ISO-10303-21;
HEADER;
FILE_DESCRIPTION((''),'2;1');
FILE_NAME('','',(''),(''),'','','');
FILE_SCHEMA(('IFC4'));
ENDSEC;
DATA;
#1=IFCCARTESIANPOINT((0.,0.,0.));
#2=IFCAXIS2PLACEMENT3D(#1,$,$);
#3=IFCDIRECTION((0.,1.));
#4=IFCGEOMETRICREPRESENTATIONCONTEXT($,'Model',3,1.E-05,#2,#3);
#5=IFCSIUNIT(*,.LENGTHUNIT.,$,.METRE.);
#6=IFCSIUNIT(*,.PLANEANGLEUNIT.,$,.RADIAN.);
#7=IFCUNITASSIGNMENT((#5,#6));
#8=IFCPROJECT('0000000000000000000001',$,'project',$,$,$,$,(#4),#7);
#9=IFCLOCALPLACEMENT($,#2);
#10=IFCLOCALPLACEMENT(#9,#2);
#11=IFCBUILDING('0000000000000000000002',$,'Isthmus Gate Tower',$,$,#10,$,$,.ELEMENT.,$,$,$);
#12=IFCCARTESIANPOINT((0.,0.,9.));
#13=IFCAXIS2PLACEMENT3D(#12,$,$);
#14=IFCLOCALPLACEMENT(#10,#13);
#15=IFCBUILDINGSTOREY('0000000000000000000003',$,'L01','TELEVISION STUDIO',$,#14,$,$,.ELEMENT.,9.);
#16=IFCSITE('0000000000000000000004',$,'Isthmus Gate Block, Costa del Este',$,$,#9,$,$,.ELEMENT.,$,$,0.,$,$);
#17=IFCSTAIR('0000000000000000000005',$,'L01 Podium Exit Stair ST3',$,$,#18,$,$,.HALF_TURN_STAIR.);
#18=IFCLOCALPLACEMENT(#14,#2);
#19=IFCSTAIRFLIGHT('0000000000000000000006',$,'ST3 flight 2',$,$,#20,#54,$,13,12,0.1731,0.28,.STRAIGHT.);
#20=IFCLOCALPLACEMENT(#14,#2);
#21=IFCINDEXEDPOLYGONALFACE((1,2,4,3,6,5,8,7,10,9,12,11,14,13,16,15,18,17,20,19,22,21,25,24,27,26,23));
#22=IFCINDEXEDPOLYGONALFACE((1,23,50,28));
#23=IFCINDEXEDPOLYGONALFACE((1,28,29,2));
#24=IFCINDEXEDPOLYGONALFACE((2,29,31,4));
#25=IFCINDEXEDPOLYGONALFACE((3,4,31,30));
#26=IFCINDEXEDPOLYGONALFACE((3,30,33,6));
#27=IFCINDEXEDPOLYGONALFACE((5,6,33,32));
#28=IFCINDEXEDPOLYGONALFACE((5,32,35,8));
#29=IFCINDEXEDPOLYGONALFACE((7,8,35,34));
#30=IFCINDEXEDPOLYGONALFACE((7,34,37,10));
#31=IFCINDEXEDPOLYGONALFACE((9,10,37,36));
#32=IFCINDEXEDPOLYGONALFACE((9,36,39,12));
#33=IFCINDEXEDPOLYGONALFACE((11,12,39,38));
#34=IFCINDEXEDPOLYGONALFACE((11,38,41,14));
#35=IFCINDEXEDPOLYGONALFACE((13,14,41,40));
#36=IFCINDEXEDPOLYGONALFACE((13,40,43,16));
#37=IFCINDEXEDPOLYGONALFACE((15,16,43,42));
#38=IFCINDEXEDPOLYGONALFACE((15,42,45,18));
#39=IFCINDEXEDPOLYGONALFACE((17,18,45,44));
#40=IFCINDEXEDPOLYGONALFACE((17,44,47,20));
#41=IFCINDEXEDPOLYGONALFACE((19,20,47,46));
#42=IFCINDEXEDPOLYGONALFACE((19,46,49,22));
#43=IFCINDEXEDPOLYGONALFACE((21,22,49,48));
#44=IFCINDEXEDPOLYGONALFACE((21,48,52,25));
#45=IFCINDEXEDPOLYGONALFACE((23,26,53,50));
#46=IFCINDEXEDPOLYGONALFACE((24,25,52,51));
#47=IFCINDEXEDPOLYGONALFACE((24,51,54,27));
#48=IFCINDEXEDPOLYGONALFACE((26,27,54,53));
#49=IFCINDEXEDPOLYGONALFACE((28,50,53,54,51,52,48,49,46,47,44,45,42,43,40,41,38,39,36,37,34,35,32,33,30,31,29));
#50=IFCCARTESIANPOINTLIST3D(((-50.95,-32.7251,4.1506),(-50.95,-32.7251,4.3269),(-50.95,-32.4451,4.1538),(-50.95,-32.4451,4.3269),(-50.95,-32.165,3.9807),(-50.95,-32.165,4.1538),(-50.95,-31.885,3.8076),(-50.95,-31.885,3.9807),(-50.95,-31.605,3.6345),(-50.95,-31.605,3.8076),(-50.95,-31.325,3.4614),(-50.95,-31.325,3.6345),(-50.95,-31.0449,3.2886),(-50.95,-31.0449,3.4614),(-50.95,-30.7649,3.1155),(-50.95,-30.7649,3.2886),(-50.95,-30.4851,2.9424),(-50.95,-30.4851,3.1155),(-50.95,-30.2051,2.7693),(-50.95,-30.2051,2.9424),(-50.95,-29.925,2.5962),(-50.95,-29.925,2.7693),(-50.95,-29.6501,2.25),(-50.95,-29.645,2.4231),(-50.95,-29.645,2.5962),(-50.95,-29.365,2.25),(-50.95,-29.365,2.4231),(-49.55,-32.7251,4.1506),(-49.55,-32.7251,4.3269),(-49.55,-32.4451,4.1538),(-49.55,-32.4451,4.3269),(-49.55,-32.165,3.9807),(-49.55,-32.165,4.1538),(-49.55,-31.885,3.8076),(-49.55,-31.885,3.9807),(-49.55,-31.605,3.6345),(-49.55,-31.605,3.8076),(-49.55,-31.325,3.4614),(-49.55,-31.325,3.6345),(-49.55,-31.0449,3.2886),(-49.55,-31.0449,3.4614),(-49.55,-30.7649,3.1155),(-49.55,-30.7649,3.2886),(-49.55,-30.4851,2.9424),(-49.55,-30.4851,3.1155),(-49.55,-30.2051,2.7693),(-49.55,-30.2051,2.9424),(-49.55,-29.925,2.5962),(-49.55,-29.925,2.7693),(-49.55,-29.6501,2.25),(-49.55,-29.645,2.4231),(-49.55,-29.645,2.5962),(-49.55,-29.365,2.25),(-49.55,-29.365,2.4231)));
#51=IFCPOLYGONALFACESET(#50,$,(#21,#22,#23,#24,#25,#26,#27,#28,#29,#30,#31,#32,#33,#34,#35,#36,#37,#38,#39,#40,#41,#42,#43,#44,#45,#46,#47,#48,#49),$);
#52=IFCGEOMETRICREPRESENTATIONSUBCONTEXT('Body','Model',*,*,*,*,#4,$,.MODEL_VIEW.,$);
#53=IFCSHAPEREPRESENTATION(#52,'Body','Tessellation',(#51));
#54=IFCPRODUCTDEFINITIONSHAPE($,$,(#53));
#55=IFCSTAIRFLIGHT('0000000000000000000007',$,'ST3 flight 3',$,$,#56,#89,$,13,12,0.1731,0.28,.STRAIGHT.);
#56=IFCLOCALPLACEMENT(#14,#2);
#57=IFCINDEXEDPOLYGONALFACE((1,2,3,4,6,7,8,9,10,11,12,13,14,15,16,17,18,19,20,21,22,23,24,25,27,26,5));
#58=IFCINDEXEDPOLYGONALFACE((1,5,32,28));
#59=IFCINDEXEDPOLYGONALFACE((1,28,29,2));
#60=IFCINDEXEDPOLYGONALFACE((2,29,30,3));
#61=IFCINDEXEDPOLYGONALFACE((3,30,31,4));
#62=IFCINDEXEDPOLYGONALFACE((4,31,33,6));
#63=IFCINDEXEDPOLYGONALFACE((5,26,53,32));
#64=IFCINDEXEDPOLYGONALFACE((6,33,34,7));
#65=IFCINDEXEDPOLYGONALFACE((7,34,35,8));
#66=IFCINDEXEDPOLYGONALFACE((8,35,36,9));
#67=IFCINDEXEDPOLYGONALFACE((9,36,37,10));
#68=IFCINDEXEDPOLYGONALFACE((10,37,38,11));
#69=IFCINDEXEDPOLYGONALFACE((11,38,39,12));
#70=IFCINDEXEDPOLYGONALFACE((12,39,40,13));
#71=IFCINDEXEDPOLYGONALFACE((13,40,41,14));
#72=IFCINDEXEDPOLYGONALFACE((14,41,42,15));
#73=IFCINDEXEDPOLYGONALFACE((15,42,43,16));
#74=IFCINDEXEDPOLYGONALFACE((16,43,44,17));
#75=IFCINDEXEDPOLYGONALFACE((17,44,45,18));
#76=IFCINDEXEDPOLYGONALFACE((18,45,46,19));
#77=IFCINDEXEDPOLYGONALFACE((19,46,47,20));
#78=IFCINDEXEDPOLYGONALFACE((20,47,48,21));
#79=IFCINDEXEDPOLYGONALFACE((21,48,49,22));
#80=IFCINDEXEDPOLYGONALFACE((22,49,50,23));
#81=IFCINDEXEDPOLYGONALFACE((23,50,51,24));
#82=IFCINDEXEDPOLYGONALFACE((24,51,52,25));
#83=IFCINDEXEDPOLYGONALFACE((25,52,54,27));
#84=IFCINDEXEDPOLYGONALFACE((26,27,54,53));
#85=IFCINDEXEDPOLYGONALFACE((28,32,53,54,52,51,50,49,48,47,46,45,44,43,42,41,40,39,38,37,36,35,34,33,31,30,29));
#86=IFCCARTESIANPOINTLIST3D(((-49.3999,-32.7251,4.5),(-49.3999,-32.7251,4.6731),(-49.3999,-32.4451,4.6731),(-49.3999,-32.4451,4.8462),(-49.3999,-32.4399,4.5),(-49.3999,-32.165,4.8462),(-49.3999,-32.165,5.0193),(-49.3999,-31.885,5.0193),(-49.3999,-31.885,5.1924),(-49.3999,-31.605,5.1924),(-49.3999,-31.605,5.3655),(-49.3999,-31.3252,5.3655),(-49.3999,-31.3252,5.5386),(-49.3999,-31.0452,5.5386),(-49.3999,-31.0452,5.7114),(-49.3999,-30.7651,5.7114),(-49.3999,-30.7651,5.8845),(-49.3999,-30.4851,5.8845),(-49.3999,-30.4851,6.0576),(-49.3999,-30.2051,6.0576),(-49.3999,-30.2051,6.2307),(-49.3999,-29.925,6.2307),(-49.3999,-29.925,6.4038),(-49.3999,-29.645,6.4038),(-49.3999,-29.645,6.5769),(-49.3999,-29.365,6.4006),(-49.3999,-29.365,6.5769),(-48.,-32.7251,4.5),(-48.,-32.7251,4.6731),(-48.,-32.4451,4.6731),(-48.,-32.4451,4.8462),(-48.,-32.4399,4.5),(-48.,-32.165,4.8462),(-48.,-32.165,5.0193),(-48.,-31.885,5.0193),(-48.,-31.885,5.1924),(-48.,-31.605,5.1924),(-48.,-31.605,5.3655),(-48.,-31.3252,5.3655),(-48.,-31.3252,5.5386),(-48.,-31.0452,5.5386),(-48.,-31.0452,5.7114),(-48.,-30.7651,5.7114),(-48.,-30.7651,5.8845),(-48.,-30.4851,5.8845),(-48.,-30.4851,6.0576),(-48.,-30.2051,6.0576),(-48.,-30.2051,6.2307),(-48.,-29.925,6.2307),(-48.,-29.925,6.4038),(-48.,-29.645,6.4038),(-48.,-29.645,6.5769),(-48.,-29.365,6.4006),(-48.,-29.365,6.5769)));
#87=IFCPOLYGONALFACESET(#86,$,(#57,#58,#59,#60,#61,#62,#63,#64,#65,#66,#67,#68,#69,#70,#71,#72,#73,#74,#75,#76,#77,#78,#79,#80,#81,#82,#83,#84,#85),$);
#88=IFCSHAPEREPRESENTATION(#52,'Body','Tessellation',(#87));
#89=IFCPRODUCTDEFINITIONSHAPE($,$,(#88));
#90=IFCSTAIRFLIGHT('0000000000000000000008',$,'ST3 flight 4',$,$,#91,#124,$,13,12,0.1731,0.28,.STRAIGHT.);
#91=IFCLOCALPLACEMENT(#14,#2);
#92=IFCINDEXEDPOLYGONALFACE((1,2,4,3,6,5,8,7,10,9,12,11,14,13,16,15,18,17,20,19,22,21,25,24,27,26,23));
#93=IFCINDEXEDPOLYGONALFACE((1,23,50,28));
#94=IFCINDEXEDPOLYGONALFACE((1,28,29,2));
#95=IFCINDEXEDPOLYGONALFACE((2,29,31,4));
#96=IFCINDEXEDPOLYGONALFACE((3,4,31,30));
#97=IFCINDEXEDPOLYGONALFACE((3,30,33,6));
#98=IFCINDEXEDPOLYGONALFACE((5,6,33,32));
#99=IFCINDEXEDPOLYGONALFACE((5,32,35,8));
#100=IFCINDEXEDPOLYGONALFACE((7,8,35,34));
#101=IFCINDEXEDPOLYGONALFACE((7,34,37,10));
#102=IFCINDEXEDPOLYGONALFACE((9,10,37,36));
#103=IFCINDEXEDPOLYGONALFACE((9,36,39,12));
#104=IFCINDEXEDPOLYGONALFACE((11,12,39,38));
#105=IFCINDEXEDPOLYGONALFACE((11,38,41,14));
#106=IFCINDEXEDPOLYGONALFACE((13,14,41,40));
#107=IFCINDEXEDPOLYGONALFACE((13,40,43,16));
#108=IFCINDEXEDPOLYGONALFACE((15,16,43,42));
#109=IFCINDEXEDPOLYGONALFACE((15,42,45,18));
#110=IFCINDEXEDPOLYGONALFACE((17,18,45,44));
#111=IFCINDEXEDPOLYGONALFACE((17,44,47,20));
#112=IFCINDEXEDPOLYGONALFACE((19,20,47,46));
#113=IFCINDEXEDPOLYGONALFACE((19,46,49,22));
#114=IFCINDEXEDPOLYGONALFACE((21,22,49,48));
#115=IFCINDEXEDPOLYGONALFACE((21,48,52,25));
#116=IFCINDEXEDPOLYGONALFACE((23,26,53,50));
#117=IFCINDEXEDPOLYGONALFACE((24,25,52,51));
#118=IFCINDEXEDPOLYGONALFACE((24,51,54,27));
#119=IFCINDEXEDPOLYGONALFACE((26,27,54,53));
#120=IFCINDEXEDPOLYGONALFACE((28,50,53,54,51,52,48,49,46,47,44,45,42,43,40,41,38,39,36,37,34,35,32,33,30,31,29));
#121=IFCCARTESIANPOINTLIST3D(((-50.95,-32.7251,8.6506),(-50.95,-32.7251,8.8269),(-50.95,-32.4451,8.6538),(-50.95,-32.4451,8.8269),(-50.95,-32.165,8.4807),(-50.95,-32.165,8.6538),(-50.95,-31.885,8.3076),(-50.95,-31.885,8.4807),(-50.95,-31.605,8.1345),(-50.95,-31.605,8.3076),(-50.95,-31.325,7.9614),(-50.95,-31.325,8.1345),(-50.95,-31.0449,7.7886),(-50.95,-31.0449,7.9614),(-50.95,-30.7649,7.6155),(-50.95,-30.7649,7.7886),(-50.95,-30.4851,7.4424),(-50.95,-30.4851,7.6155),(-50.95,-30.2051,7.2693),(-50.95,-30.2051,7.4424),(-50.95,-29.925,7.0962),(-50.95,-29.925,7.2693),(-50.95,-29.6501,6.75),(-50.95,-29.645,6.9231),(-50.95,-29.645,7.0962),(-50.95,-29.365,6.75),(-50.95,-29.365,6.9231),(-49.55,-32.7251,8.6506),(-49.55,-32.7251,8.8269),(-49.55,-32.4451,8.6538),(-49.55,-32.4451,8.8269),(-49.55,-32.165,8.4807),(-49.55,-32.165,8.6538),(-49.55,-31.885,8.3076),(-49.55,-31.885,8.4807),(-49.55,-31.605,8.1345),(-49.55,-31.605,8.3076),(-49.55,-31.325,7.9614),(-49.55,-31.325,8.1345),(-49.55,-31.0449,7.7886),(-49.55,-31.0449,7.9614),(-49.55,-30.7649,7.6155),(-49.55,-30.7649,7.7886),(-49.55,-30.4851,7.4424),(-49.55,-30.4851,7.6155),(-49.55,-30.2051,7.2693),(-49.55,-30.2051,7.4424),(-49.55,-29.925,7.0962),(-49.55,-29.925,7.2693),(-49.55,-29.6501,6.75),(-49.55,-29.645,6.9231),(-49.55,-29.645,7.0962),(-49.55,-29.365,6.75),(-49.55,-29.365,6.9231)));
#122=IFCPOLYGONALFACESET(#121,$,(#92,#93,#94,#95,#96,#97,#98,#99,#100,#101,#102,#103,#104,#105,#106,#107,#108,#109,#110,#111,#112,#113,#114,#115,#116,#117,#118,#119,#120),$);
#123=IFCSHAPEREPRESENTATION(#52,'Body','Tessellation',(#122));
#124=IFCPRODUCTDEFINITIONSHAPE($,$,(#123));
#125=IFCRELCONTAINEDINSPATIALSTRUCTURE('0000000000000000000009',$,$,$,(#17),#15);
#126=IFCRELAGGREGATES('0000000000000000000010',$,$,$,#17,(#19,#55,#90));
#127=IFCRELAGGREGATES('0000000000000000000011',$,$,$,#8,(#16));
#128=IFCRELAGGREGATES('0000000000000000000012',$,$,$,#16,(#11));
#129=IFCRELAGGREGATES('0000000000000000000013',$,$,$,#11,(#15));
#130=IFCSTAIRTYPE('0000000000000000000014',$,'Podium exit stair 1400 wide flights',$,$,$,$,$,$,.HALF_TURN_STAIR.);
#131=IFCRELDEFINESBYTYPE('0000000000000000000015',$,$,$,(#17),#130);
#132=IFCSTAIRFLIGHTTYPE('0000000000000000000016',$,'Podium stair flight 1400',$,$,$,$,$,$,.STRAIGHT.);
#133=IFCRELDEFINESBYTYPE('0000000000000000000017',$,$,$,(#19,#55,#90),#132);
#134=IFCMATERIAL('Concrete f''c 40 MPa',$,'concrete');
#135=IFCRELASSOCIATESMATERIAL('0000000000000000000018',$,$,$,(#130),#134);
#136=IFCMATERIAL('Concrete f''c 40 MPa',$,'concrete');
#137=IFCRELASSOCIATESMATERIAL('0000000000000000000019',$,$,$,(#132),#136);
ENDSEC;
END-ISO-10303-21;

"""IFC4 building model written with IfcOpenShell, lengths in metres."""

from ifc_helpers import new_model, si_unit, direction, frame, origin, place, context, subcontext, project, spatial, polyline, outline, extrude, material, type_object, element, aggregate, save


model = new_model("IFC4")

# Units and contexts
model_context = context("Model", 3, precision=1e-05, world=origin(), true_north=direction((0.0, 1.0)))
body_context = subcontext(model_context, "Body", "Model", "MODEL_VIEW")
ifc_project = project(units=[si_unit("LENGTHUNIT", "METRE"), si_unit("PLANEANGLEUNIT", "RADIAN")], contexts=[model_context])

# Site, building, storey
site_placement = place(None, origin())
site = spatial("IfcSite", under=ifc_project, at=site_placement, Name="Isthmus Gate Block, Costa del Este", CompositionType="ELEMENT", RefElevation=0.0)
building_placement = place(site_placement, origin())
building = spatial("IfcBuilding", under=site, at=building_placement, Name="Isthmus Gate Tower", CompositionType="ELEMENT")
storey_placement = place(building_placement, frame((0.0, 0.0, 9.0)))
storey = spatial("IfcBuildingStorey", under=building, at=storey_placement, Name="L01", Description="TELEVISION STUDIO", CompositionType="ELEMENT", Elevation=9.0)

# Stair, stair flights
ifc_material_1 = material(Name="Concrete f'c 40 MPa", Category="concrete")
stair_type = type_object("IfcStairType", Name="Podium exit stair 1400 wide flights", PredefinedType="HALF_TURN_STAIR", material=ifc_material_1)
stair_placement = place(storey_placement, origin())
stair = element("IfcStair", 1, at=stair_placement, inside=storey, type_object=stair_type, Name="L01 Podium Exit Stair ST3", PredefinedType="HALF_TURN_STAIR")
ifc_material_2 = material(Name="Concrete f'c 40 MPa", Category="concrete")
stair_flight_type = type_object("IfcStairFlightType", Name="Podium stair flight 1400", PredefinedType="STRAIGHT", material=ifc_material_2)
stair_flight_1_placement = place(storey_placement, frame((-50.25, -29.365, 2.25), z_axis=(0.0, 0.0, 1.0), x_axis=(0.0, -1.0, 0.0)))
stair_flight_1 = element("IfcStairFlight", 2, at=stair_flight_1_placement, type_object=stair_flight_type, Name="ST3 flight 2", NumberOfRisers=13, NumberOfTreads=12, PredefinedType="STRAIGHT", RiserHeight=0.1731, TreadLength=0.28, context=body_context, shape_type="SweptSolid", body=[
    extrude(outline(polyline([(0.0, 0.0), (0.0, 0.1731), (0.28, 0.1731), (0.28, 0.3462), (0.5601, 0.3462), (0.5601, 0.5193), (0.8401, 0.5193), (0.8401, 0.6924), (1.1201, 0.6924), (1.1201, 0.8655), (1.3999, 0.8655), (1.3999, 1.0386), (1.6799, 1.0386), (1.6799, 1.2114), (1.96, 1.2114), (1.96, 1.3845), (2.24, 1.3845), (2.24, 1.5576), (2.52, 1.5576), (2.52, 1.7307), (2.8, 1.7307), (2.8, 1.9038), (3.0801, 1.9038), (3.0801, 2.0769), (3.3601, 2.0769), (3.3601, 2.25), (3.3601, 1.9006), (0.2852, 0.0), (0.0, 0.0)])), frame((0.0, 0.7, 0.0), z_axis=(0.0, -1.0, 0.0), x_axis=(1.0, 0.0, 0.0)), (0.0, 0.0, 1.0), 1.3999),
])
stair_flight_2_placement = place(storey_placement, frame((-48.7, -32.7251, 4.5), z_axis=(0.0, 0.0, 1.0), x_axis=(0.0, 1.0, 0.0)))
stair_flight_2 = element("IfcStairFlight", 3, at=stair_flight_2_placement, type_object=stair_flight_type, Name="ST3 flight 3", NumberOfRisers=13, NumberOfTreads=12, PredefinedType="STRAIGHT", RiserHeight=0.1731, TreadLength=0.28, context=body_context, shape_type="SweptSolid", body=[
    extrude(outline(polyline([(0.0, 0.0), (0.0, 0.1731), (0.28, 0.1731), (0.28, 0.3462), (0.5601, 0.3462), (0.5601, 0.5193), (0.8401, 0.5193), (0.8401, 0.6924), (1.1201, 0.6924), (1.1201, 0.8655), (1.3999, 0.8655), (1.3999, 1.0386), (1.6799, 1.0386), (1.6799, 1.2114), (1.96, 1.2114), (1.96, 1.3845), (2.24, 1.3845), (2.24, 1.5576), (2.52, 1.5576), (2.52, 1.7307), (2.8, 1.7307), (2.8, 1.9038), (3.0801, 1.9038), (3.0801, 2.0769), (3.3601, 2.0769), (3.3601, 2.25), (3.3601, 1.9006), (0.2852, 0.0), (0.0, 0.0)])), frame((0.0, 0.7, 0.0), z_axis=(0.0, -1.0, 0.0), x_axis=(1.0, 0.0, 0.0)), (0.0, 0.0, 1.0), 1.3999),
])
stair_flight_3_placement = place(storey_placement, frame((-50.25, -29.365, 6.75), z_axis=(0.0, 0.0, 1.0), x_axis=(0.0, -1.0, 0.0)))
stair_flight_3 = element("IfcStairFlight", 4, at=stair_flight_3_placement, type_object=stair_flight_type, Name="ST3 flight 4", NumberOfRisers=13, NumberOfTreads=12, PredefinedType="STRAIGHT", RiserHeight=0.1731, TreadLength=0.28, context=body_context, shape_type="SweptSolid", body=[
    extrude(outline(polyline([(0.0, 0.0), (0.0, 0.1731), (0.28, 0.1731), (0.28, 0.3462), (0.5601, 0.3462), (0.5601, 0.5193), (0.8401, 0.5193), (0.8401, 0.6924), (1.1201, 0.6924), (1.1201, 0.8655), (1.3999, 0.8655), (1.3999, 1.0386), (1.6799, 1.0386), (1.6799, 1.2114), (1.96, 1.2114), (1.96, 1.3845), (2.24, 1.3845), (2.24, 1.5576), (2.52, 1.5576), (2.52, 1.7307), (2.8, 1.7307), (2.8, 1.9038), (3.0801, 1.9038), (3.0801, 2.0769), (3.3601, 2.0769), (3.3601, 2.25), (3.3601, 1.9006), (0.2852, 0.0), (0.0, 0.0)])), frame((0.0, 0.7, 0.0), z_axis=(0.0, -1.0, 0.0), x_axis=(1.0, 0.0, 0.0)), (0.0, 0.0, 1.0), 1.3999),
])
aggregate(stair, [stair_flight_1, stair_flight_2, stair_flight_3])

save(model, "model.ifc")
